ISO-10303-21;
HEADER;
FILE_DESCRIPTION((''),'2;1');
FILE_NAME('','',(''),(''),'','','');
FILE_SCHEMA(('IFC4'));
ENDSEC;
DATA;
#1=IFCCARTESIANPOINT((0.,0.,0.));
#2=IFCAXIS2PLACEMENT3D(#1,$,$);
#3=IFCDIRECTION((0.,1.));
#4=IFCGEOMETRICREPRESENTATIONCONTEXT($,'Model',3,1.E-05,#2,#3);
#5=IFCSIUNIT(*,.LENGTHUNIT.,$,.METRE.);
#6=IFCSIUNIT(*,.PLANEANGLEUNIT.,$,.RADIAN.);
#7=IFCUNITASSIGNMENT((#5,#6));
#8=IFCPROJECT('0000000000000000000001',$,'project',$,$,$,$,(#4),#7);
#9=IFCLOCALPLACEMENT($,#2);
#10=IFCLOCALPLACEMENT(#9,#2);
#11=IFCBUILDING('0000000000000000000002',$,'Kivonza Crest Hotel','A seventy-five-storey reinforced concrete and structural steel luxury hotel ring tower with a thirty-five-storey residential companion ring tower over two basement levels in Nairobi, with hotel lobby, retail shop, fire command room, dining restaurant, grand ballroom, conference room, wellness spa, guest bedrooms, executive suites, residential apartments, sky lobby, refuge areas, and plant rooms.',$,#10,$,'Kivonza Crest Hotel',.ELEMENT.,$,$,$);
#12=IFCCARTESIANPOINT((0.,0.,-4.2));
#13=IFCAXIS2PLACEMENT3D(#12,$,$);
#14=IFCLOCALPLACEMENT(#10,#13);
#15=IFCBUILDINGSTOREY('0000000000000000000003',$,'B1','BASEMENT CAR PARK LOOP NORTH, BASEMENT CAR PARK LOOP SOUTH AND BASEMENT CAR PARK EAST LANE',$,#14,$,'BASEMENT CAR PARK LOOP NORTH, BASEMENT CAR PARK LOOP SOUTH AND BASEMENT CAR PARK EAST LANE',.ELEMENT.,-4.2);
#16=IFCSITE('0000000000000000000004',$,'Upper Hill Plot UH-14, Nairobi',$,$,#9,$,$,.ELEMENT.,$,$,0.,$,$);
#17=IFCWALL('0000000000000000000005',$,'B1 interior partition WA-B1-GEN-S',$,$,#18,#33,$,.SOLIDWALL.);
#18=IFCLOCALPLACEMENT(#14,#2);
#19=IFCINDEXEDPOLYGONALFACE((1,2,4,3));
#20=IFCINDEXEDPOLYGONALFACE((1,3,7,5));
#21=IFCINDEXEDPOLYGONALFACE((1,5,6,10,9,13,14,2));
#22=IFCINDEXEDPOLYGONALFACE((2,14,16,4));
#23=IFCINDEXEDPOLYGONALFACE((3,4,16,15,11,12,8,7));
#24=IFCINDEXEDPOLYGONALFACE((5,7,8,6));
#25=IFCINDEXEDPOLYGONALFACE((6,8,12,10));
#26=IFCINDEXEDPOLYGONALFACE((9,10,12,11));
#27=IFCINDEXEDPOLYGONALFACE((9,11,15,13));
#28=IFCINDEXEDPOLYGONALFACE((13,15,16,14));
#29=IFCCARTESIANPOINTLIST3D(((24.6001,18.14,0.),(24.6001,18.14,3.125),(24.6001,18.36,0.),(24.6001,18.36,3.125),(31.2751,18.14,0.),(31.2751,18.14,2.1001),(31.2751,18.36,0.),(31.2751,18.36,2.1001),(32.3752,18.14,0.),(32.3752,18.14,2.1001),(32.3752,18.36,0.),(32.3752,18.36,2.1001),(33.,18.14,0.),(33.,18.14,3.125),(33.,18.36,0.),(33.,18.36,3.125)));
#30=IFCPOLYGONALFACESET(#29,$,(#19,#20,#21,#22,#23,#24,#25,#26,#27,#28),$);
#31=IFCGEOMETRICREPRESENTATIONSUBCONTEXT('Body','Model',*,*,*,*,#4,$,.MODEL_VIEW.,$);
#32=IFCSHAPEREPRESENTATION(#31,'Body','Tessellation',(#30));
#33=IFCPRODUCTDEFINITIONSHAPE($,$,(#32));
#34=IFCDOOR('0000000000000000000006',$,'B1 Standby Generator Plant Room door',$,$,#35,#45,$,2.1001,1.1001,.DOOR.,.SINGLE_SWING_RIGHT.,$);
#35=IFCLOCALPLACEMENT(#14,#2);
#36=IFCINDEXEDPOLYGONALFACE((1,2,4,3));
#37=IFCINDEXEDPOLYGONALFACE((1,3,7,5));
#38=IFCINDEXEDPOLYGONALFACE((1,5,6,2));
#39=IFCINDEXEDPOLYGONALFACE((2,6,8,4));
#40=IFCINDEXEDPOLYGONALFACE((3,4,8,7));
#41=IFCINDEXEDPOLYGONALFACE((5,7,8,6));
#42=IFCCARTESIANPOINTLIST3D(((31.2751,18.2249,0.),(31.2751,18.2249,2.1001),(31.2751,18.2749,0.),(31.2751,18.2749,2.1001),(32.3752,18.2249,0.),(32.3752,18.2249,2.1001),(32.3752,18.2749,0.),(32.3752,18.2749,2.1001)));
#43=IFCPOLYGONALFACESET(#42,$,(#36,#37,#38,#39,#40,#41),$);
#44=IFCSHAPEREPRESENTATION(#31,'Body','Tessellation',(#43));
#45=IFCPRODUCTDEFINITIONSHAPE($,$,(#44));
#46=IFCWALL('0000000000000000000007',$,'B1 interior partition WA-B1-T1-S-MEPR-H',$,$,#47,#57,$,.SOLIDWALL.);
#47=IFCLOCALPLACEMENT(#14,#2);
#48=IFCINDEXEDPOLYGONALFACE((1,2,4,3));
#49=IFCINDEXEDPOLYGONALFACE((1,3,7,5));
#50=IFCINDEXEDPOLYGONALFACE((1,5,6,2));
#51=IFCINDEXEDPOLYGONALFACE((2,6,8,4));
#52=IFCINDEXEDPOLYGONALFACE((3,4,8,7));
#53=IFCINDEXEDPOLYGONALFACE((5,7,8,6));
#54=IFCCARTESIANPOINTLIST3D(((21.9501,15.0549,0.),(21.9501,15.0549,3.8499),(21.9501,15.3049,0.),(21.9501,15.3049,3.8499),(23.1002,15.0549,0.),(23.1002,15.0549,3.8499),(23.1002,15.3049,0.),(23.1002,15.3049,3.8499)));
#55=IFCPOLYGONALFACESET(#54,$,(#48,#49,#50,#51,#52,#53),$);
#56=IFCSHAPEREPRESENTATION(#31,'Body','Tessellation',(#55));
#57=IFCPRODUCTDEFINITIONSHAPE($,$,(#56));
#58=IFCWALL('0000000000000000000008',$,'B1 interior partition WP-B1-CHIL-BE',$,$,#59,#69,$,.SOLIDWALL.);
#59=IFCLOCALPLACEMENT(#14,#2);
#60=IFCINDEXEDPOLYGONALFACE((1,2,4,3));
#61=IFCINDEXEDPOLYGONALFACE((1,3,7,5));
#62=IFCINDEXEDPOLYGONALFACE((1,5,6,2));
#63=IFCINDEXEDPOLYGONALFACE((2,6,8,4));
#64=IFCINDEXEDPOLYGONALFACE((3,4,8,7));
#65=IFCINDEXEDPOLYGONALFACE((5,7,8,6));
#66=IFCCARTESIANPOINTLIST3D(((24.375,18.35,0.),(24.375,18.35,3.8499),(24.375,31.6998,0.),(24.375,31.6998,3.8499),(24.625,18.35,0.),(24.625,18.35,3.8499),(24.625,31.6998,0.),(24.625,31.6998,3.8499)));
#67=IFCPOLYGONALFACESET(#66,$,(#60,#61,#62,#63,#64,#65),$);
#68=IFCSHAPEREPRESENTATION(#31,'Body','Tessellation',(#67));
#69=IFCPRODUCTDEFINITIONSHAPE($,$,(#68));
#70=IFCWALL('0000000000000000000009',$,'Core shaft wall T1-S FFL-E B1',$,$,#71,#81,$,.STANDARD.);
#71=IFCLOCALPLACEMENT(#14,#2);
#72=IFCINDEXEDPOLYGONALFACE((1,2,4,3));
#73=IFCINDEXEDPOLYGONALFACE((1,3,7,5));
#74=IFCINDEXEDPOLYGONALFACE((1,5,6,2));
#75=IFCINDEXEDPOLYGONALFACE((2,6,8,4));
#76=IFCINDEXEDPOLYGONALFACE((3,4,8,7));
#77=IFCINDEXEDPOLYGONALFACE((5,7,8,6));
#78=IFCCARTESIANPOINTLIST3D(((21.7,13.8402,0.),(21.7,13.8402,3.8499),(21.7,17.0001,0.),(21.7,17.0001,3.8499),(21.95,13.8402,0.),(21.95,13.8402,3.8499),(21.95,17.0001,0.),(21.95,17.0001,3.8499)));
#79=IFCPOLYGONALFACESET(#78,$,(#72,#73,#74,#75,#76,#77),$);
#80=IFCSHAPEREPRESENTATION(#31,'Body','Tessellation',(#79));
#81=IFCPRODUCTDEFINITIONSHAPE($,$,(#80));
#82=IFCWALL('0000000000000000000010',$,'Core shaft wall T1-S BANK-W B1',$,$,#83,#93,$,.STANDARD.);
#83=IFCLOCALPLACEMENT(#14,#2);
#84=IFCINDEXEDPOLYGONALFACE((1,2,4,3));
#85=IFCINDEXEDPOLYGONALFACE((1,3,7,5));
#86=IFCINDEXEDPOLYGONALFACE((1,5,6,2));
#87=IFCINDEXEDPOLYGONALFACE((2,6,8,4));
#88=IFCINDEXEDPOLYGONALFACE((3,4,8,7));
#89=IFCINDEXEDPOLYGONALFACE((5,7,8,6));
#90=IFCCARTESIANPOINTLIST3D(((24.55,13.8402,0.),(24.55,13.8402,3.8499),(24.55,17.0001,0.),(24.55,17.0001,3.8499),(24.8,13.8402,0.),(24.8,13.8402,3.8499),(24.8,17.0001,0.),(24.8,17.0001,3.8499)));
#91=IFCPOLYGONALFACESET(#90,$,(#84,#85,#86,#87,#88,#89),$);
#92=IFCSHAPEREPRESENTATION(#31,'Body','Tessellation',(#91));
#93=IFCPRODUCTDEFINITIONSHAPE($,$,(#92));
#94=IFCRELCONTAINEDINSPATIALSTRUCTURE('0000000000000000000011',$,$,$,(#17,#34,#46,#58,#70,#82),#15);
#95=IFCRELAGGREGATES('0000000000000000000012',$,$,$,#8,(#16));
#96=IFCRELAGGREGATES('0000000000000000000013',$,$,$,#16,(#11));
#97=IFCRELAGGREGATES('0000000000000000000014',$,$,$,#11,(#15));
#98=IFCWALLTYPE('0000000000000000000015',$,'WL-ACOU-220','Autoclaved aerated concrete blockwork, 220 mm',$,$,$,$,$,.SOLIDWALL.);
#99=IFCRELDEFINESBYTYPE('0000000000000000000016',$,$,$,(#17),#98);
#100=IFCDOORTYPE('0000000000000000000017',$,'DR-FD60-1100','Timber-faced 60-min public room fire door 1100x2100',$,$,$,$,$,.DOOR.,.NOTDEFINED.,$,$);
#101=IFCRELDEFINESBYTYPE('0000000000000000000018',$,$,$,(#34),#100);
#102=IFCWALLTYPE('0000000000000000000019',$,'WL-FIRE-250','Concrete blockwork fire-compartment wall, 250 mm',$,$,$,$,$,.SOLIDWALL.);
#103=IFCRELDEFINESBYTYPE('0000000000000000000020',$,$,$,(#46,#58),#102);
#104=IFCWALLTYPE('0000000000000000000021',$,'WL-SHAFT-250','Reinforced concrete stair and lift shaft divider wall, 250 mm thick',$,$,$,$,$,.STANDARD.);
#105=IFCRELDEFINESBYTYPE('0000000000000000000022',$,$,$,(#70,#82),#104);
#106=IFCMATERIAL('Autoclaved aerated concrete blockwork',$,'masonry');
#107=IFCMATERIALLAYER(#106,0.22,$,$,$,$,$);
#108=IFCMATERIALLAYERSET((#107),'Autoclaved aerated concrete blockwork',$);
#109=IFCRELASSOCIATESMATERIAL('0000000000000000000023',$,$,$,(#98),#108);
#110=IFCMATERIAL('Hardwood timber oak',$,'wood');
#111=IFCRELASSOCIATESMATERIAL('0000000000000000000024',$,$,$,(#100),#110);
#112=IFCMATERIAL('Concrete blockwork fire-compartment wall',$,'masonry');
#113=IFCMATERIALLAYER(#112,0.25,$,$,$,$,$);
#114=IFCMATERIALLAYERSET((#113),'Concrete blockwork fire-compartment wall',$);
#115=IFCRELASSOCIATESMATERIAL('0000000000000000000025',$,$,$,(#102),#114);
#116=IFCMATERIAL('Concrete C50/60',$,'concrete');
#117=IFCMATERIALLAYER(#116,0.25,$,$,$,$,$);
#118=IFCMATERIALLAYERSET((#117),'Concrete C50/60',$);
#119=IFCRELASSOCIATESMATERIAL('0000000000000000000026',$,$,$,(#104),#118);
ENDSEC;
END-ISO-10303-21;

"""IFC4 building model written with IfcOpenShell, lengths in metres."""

from ifc_helpers import new_model, si_unit, direction, frame, frame_2d, origin, place, context, subcontext, project, spatial, rectangle, extrude, material, layer, layer_set, type_object, element, fill, save


model = new_model("IFC4")

# Units and contexts
model_context = context("Model", 3, precision=1e-05, world=origin(), true_north=direction((0.0, 1.0)))
body_context = subcontext(model_context, "Body", "Model", "MODEL_VIEW")
ifc_project = project(units=[si_unit("LENGTHUNIT", "METRE"), si_unit("PLANEANGLEUNIT", "RADIAN")], contexts=[model_context])

# Site, building, storey
site_placement = place(None, origin())
site = spatial("IfcSite", under=ifc_project, at=site_placement, Name="Upper Hill Plot UH-14, Nairobi", CompositionType="ELEMENT", RefElevation=0.0)
building_placement = place(site_placement, origin())
building = spatial("IfcBuilding", under=site, at=building_placement, Name="Kivonza Crest Hotel", Description="A seventy-five-storey reinforced concrete and structural steel luxury hotel ring tower with a thirty-five-storey residential companion ring tower over two basement levels in Nairobi, with hotel lobby, retail shop, fire command room, dining restaurant, grand ballroom, conference room, wellness spa, guest bedrooms, executive suites, residential apartments, sky lobby, refuge areas, and plant rooms.", LongName="Kivonza Crest Hotel", CompositionType="ELEMENT")
storey_placement = place(building_placement, frame((0.0, 0.0, -4.2)))
storey = spatial("IfcBuildingStorey", under=building, at=storey_placement, Name="B1", Description="BASEMENT CAR PARK LOOP NORTH, BASEMENT CAR PARK LOOP SOUTH AND BASEMENT CAR PARK EAST LANE", LongName="BASEMENT CAR PARK LOOP NORTH, BASEMENT CAR PARK LOOP SOUTH AND BASEMENT CAR PARK EAST LANE", CompositionType="ELEMENT", Elevation=-4.2)

# Wall, opening, door
ifc_material_1 = material(Name="Autoclaved aerated concrete blockwork", Category="masonry")
ifc_layer_1 = layer(ifc_material_1, 0.22)
ifc_layer_set_1 = layer_set([ifc_layer_1], Name="Autoclaved aerated concrete blockwork")
wall_type_1 = type_object("IfcWallType", Name="WL-ACOU-220", Description="Autoclaved aerated concrete blockwork, 220 mm", PredefinedType="SOLIDWALL", material=ifc_layer_set_1)
wall_1_placement = place(storey_placement, frame((24.6001, 18.25, 0.0), z_axis=(0.0, 0.0, 1.0), x_axis=(1.0, 0.0, 0.0)))
wall_1 = element("IfcWall", 1, at=wall_1_placement, inside=storey, type_object=wall_type_1, Name="B1 interior partition WA-B1-GEN-S", PredefinedType="SOLIDWALL", context=body_context, shape_type="SweptSolid", body=[
    extrude(rectangle(XDim=8.3999, YDim=0.22, at=frame_2d((4.2, 0.0))), origin(), (0.0, 0.0, 1.0), 3.125),
])
opening_1_placement = place(wall_1_placement, frame((6.675, 0.0, 0.0)))
opening_1 = element("IfcOpeningElement", 2, at=opening_1_placement, cuts=wall_1, PredefinedType="OPENING", context=body_context, shape_type="SweptSolid", body=[
    extrude(rectangle(XDim=1.1001, YDim=2.1001, at=frame_2d((0.55, 1.05))), frame((0.0, 0.1201, 0.0), z_axis=(0.0, -1.0, 0.0), x_axis=(1.0, 0.0, 0.0)), (0.0, 0.0, 1.0), 0.24),
])
ifc_material_2 = material(Name="Hardwood timber oak", Category="wood")
door_type_1 = type_object("IfcDoorType", Name="DR-FD60-1100", Description="Timber-faced 60-min public room fire door 1100x2100", OperationType="NOTDEFINED", PredefinedType="DOOR", material=ifc_material_2)
door_1_placement = place(opening_1_placement, origin())
door_1 = element("IfcDoor", 3, at=door_1_placement, inside=storey, type_object=door_type_1, Name="B1 Standby Generator Plant Room door", OperationType="SINGLE_SWING_RIGHT", OverallHeight=2.1001, OverallWidth=1.1001, PredefinedType="DOOR", context=body_context, shape_type="SweptSolid", body=[
    extrude(rectangle(XDim=1.1001, YDim=2.1001, at=frame_2d((0.55, 1.05))), frame((0.0, 0.0249, 0.0), z_axis=(0.0, -1.0, 0.0), x_axis=(1.0, 0.0, 0.0)), (0.0, 0.0, 1.0), 0.05),
])
fill(opening_1, door_1)

# Walls
ifc_material_3 = material(Name="Concrete blockwork fire-compartment wall", Category="masonry")
ifc_layer_2 = layer(ifc_material_3, 0.25)
ifc_layer_set_2 = layer_set([ifc_layer_2], Name="Concrete blockwork fire-compartment wall")
wall_type_2 = type_object("IfcWallType", Name="WL-FIRE-250", Description="Concrete blockwork fire-compartment wall, 250 mm", PredefinedType="SOLIDWALL", material=ifc_layer_set_2)
wall_2_placement = place(storey_placement, frame((21.95, 15.1799, 0.0), z_axis=(0.0, 0.0, 1.0), x_axis=(1.0, 0.0, 0.0)))
element("IfcWall", 4, at=wall_2_placement, inside=storey, type_object=wall_type_2, Name="B1 interior partition WA-B1-T1-S-MEPR-H", PredefinedType="SOLIDWALL", context=body_context, shape_type="SweptSolid", body=[
    extrude(rectangle(XDim=1.1501, YDim=0.25, at=frame_2d((0.5752, 0.0))), origin(), (0.0, 0.0, 1.0), 3.8499),
])
wall_3_placement = place(storey_placement, frame((24.5, 18.3501, 0.0), z_axis=(0.0, 0.0, 1.0), x_axis=(0.0, 1.0, 0.0)))
element("IfcWall", 5, at=wall_3_placement, inside=storey, type_object=wall_type_2, Name="B1 interior partition WP-B1-CHIL-BE", PredefinedType="SOLIDWALL", context=body_context, shape_type="SweptSolid", body=[
    extrude(rectangle(XDim=13.3499, YDim=0.25, at=frame_2d((6.6748, 0.0))), origin(), (0.0, 0.0, 1.0), 3.8499),
])

# Shared definitions
ifc_material_4 = material(Name="Concrete C50/60", Category="concrete")
ifc_layer_3 = layer(ifc_material_4, 0.25)
ifc_layer_set_3 = layer_set([ifc_layer_3], Name="Concrete C50/60")
wall_type_3 = type_object("IfcWallType", Name="WL-SHAFT-250", Description="Reinforced concrete stair and lift shaft divider wall, 250 mm thick", PredefinedType="STANDARD", material=ifc_layer_set_3)

# Walls
for number, where, z_axis, x_axis, name in (
    (6, (21.825, 13.8401, 0.0), (0.0, 0.0, 1.0), (0.0, 1.0, 0.0), "Core shaft wall T1-S FFL-E B1"),
    (7, (24.675, 13.8401, 0.0), (0.0, 0.0, 1.0), (0.0, 1.0, 0.0), "Core shaft wall T1-S BANK-W B1"),
):
    element("IfcWall", number, at=place(storey_placement, frame(where, z_axis=z_axis, x_axis=x_axis)), inside=storey, type_object=wall_type_3, Name=name, PredefinedType="STANDARD", context=body_context, shape_type="SweptSolid", body=[
        extrude(rectangle(XDim=3.1599, YDim=0.25, at=frame_2d((1.5801, 0.0))), origin(), (0.0, 0.0, 1.0), 3.8499),
    ])

save(model, "model.ifc")
